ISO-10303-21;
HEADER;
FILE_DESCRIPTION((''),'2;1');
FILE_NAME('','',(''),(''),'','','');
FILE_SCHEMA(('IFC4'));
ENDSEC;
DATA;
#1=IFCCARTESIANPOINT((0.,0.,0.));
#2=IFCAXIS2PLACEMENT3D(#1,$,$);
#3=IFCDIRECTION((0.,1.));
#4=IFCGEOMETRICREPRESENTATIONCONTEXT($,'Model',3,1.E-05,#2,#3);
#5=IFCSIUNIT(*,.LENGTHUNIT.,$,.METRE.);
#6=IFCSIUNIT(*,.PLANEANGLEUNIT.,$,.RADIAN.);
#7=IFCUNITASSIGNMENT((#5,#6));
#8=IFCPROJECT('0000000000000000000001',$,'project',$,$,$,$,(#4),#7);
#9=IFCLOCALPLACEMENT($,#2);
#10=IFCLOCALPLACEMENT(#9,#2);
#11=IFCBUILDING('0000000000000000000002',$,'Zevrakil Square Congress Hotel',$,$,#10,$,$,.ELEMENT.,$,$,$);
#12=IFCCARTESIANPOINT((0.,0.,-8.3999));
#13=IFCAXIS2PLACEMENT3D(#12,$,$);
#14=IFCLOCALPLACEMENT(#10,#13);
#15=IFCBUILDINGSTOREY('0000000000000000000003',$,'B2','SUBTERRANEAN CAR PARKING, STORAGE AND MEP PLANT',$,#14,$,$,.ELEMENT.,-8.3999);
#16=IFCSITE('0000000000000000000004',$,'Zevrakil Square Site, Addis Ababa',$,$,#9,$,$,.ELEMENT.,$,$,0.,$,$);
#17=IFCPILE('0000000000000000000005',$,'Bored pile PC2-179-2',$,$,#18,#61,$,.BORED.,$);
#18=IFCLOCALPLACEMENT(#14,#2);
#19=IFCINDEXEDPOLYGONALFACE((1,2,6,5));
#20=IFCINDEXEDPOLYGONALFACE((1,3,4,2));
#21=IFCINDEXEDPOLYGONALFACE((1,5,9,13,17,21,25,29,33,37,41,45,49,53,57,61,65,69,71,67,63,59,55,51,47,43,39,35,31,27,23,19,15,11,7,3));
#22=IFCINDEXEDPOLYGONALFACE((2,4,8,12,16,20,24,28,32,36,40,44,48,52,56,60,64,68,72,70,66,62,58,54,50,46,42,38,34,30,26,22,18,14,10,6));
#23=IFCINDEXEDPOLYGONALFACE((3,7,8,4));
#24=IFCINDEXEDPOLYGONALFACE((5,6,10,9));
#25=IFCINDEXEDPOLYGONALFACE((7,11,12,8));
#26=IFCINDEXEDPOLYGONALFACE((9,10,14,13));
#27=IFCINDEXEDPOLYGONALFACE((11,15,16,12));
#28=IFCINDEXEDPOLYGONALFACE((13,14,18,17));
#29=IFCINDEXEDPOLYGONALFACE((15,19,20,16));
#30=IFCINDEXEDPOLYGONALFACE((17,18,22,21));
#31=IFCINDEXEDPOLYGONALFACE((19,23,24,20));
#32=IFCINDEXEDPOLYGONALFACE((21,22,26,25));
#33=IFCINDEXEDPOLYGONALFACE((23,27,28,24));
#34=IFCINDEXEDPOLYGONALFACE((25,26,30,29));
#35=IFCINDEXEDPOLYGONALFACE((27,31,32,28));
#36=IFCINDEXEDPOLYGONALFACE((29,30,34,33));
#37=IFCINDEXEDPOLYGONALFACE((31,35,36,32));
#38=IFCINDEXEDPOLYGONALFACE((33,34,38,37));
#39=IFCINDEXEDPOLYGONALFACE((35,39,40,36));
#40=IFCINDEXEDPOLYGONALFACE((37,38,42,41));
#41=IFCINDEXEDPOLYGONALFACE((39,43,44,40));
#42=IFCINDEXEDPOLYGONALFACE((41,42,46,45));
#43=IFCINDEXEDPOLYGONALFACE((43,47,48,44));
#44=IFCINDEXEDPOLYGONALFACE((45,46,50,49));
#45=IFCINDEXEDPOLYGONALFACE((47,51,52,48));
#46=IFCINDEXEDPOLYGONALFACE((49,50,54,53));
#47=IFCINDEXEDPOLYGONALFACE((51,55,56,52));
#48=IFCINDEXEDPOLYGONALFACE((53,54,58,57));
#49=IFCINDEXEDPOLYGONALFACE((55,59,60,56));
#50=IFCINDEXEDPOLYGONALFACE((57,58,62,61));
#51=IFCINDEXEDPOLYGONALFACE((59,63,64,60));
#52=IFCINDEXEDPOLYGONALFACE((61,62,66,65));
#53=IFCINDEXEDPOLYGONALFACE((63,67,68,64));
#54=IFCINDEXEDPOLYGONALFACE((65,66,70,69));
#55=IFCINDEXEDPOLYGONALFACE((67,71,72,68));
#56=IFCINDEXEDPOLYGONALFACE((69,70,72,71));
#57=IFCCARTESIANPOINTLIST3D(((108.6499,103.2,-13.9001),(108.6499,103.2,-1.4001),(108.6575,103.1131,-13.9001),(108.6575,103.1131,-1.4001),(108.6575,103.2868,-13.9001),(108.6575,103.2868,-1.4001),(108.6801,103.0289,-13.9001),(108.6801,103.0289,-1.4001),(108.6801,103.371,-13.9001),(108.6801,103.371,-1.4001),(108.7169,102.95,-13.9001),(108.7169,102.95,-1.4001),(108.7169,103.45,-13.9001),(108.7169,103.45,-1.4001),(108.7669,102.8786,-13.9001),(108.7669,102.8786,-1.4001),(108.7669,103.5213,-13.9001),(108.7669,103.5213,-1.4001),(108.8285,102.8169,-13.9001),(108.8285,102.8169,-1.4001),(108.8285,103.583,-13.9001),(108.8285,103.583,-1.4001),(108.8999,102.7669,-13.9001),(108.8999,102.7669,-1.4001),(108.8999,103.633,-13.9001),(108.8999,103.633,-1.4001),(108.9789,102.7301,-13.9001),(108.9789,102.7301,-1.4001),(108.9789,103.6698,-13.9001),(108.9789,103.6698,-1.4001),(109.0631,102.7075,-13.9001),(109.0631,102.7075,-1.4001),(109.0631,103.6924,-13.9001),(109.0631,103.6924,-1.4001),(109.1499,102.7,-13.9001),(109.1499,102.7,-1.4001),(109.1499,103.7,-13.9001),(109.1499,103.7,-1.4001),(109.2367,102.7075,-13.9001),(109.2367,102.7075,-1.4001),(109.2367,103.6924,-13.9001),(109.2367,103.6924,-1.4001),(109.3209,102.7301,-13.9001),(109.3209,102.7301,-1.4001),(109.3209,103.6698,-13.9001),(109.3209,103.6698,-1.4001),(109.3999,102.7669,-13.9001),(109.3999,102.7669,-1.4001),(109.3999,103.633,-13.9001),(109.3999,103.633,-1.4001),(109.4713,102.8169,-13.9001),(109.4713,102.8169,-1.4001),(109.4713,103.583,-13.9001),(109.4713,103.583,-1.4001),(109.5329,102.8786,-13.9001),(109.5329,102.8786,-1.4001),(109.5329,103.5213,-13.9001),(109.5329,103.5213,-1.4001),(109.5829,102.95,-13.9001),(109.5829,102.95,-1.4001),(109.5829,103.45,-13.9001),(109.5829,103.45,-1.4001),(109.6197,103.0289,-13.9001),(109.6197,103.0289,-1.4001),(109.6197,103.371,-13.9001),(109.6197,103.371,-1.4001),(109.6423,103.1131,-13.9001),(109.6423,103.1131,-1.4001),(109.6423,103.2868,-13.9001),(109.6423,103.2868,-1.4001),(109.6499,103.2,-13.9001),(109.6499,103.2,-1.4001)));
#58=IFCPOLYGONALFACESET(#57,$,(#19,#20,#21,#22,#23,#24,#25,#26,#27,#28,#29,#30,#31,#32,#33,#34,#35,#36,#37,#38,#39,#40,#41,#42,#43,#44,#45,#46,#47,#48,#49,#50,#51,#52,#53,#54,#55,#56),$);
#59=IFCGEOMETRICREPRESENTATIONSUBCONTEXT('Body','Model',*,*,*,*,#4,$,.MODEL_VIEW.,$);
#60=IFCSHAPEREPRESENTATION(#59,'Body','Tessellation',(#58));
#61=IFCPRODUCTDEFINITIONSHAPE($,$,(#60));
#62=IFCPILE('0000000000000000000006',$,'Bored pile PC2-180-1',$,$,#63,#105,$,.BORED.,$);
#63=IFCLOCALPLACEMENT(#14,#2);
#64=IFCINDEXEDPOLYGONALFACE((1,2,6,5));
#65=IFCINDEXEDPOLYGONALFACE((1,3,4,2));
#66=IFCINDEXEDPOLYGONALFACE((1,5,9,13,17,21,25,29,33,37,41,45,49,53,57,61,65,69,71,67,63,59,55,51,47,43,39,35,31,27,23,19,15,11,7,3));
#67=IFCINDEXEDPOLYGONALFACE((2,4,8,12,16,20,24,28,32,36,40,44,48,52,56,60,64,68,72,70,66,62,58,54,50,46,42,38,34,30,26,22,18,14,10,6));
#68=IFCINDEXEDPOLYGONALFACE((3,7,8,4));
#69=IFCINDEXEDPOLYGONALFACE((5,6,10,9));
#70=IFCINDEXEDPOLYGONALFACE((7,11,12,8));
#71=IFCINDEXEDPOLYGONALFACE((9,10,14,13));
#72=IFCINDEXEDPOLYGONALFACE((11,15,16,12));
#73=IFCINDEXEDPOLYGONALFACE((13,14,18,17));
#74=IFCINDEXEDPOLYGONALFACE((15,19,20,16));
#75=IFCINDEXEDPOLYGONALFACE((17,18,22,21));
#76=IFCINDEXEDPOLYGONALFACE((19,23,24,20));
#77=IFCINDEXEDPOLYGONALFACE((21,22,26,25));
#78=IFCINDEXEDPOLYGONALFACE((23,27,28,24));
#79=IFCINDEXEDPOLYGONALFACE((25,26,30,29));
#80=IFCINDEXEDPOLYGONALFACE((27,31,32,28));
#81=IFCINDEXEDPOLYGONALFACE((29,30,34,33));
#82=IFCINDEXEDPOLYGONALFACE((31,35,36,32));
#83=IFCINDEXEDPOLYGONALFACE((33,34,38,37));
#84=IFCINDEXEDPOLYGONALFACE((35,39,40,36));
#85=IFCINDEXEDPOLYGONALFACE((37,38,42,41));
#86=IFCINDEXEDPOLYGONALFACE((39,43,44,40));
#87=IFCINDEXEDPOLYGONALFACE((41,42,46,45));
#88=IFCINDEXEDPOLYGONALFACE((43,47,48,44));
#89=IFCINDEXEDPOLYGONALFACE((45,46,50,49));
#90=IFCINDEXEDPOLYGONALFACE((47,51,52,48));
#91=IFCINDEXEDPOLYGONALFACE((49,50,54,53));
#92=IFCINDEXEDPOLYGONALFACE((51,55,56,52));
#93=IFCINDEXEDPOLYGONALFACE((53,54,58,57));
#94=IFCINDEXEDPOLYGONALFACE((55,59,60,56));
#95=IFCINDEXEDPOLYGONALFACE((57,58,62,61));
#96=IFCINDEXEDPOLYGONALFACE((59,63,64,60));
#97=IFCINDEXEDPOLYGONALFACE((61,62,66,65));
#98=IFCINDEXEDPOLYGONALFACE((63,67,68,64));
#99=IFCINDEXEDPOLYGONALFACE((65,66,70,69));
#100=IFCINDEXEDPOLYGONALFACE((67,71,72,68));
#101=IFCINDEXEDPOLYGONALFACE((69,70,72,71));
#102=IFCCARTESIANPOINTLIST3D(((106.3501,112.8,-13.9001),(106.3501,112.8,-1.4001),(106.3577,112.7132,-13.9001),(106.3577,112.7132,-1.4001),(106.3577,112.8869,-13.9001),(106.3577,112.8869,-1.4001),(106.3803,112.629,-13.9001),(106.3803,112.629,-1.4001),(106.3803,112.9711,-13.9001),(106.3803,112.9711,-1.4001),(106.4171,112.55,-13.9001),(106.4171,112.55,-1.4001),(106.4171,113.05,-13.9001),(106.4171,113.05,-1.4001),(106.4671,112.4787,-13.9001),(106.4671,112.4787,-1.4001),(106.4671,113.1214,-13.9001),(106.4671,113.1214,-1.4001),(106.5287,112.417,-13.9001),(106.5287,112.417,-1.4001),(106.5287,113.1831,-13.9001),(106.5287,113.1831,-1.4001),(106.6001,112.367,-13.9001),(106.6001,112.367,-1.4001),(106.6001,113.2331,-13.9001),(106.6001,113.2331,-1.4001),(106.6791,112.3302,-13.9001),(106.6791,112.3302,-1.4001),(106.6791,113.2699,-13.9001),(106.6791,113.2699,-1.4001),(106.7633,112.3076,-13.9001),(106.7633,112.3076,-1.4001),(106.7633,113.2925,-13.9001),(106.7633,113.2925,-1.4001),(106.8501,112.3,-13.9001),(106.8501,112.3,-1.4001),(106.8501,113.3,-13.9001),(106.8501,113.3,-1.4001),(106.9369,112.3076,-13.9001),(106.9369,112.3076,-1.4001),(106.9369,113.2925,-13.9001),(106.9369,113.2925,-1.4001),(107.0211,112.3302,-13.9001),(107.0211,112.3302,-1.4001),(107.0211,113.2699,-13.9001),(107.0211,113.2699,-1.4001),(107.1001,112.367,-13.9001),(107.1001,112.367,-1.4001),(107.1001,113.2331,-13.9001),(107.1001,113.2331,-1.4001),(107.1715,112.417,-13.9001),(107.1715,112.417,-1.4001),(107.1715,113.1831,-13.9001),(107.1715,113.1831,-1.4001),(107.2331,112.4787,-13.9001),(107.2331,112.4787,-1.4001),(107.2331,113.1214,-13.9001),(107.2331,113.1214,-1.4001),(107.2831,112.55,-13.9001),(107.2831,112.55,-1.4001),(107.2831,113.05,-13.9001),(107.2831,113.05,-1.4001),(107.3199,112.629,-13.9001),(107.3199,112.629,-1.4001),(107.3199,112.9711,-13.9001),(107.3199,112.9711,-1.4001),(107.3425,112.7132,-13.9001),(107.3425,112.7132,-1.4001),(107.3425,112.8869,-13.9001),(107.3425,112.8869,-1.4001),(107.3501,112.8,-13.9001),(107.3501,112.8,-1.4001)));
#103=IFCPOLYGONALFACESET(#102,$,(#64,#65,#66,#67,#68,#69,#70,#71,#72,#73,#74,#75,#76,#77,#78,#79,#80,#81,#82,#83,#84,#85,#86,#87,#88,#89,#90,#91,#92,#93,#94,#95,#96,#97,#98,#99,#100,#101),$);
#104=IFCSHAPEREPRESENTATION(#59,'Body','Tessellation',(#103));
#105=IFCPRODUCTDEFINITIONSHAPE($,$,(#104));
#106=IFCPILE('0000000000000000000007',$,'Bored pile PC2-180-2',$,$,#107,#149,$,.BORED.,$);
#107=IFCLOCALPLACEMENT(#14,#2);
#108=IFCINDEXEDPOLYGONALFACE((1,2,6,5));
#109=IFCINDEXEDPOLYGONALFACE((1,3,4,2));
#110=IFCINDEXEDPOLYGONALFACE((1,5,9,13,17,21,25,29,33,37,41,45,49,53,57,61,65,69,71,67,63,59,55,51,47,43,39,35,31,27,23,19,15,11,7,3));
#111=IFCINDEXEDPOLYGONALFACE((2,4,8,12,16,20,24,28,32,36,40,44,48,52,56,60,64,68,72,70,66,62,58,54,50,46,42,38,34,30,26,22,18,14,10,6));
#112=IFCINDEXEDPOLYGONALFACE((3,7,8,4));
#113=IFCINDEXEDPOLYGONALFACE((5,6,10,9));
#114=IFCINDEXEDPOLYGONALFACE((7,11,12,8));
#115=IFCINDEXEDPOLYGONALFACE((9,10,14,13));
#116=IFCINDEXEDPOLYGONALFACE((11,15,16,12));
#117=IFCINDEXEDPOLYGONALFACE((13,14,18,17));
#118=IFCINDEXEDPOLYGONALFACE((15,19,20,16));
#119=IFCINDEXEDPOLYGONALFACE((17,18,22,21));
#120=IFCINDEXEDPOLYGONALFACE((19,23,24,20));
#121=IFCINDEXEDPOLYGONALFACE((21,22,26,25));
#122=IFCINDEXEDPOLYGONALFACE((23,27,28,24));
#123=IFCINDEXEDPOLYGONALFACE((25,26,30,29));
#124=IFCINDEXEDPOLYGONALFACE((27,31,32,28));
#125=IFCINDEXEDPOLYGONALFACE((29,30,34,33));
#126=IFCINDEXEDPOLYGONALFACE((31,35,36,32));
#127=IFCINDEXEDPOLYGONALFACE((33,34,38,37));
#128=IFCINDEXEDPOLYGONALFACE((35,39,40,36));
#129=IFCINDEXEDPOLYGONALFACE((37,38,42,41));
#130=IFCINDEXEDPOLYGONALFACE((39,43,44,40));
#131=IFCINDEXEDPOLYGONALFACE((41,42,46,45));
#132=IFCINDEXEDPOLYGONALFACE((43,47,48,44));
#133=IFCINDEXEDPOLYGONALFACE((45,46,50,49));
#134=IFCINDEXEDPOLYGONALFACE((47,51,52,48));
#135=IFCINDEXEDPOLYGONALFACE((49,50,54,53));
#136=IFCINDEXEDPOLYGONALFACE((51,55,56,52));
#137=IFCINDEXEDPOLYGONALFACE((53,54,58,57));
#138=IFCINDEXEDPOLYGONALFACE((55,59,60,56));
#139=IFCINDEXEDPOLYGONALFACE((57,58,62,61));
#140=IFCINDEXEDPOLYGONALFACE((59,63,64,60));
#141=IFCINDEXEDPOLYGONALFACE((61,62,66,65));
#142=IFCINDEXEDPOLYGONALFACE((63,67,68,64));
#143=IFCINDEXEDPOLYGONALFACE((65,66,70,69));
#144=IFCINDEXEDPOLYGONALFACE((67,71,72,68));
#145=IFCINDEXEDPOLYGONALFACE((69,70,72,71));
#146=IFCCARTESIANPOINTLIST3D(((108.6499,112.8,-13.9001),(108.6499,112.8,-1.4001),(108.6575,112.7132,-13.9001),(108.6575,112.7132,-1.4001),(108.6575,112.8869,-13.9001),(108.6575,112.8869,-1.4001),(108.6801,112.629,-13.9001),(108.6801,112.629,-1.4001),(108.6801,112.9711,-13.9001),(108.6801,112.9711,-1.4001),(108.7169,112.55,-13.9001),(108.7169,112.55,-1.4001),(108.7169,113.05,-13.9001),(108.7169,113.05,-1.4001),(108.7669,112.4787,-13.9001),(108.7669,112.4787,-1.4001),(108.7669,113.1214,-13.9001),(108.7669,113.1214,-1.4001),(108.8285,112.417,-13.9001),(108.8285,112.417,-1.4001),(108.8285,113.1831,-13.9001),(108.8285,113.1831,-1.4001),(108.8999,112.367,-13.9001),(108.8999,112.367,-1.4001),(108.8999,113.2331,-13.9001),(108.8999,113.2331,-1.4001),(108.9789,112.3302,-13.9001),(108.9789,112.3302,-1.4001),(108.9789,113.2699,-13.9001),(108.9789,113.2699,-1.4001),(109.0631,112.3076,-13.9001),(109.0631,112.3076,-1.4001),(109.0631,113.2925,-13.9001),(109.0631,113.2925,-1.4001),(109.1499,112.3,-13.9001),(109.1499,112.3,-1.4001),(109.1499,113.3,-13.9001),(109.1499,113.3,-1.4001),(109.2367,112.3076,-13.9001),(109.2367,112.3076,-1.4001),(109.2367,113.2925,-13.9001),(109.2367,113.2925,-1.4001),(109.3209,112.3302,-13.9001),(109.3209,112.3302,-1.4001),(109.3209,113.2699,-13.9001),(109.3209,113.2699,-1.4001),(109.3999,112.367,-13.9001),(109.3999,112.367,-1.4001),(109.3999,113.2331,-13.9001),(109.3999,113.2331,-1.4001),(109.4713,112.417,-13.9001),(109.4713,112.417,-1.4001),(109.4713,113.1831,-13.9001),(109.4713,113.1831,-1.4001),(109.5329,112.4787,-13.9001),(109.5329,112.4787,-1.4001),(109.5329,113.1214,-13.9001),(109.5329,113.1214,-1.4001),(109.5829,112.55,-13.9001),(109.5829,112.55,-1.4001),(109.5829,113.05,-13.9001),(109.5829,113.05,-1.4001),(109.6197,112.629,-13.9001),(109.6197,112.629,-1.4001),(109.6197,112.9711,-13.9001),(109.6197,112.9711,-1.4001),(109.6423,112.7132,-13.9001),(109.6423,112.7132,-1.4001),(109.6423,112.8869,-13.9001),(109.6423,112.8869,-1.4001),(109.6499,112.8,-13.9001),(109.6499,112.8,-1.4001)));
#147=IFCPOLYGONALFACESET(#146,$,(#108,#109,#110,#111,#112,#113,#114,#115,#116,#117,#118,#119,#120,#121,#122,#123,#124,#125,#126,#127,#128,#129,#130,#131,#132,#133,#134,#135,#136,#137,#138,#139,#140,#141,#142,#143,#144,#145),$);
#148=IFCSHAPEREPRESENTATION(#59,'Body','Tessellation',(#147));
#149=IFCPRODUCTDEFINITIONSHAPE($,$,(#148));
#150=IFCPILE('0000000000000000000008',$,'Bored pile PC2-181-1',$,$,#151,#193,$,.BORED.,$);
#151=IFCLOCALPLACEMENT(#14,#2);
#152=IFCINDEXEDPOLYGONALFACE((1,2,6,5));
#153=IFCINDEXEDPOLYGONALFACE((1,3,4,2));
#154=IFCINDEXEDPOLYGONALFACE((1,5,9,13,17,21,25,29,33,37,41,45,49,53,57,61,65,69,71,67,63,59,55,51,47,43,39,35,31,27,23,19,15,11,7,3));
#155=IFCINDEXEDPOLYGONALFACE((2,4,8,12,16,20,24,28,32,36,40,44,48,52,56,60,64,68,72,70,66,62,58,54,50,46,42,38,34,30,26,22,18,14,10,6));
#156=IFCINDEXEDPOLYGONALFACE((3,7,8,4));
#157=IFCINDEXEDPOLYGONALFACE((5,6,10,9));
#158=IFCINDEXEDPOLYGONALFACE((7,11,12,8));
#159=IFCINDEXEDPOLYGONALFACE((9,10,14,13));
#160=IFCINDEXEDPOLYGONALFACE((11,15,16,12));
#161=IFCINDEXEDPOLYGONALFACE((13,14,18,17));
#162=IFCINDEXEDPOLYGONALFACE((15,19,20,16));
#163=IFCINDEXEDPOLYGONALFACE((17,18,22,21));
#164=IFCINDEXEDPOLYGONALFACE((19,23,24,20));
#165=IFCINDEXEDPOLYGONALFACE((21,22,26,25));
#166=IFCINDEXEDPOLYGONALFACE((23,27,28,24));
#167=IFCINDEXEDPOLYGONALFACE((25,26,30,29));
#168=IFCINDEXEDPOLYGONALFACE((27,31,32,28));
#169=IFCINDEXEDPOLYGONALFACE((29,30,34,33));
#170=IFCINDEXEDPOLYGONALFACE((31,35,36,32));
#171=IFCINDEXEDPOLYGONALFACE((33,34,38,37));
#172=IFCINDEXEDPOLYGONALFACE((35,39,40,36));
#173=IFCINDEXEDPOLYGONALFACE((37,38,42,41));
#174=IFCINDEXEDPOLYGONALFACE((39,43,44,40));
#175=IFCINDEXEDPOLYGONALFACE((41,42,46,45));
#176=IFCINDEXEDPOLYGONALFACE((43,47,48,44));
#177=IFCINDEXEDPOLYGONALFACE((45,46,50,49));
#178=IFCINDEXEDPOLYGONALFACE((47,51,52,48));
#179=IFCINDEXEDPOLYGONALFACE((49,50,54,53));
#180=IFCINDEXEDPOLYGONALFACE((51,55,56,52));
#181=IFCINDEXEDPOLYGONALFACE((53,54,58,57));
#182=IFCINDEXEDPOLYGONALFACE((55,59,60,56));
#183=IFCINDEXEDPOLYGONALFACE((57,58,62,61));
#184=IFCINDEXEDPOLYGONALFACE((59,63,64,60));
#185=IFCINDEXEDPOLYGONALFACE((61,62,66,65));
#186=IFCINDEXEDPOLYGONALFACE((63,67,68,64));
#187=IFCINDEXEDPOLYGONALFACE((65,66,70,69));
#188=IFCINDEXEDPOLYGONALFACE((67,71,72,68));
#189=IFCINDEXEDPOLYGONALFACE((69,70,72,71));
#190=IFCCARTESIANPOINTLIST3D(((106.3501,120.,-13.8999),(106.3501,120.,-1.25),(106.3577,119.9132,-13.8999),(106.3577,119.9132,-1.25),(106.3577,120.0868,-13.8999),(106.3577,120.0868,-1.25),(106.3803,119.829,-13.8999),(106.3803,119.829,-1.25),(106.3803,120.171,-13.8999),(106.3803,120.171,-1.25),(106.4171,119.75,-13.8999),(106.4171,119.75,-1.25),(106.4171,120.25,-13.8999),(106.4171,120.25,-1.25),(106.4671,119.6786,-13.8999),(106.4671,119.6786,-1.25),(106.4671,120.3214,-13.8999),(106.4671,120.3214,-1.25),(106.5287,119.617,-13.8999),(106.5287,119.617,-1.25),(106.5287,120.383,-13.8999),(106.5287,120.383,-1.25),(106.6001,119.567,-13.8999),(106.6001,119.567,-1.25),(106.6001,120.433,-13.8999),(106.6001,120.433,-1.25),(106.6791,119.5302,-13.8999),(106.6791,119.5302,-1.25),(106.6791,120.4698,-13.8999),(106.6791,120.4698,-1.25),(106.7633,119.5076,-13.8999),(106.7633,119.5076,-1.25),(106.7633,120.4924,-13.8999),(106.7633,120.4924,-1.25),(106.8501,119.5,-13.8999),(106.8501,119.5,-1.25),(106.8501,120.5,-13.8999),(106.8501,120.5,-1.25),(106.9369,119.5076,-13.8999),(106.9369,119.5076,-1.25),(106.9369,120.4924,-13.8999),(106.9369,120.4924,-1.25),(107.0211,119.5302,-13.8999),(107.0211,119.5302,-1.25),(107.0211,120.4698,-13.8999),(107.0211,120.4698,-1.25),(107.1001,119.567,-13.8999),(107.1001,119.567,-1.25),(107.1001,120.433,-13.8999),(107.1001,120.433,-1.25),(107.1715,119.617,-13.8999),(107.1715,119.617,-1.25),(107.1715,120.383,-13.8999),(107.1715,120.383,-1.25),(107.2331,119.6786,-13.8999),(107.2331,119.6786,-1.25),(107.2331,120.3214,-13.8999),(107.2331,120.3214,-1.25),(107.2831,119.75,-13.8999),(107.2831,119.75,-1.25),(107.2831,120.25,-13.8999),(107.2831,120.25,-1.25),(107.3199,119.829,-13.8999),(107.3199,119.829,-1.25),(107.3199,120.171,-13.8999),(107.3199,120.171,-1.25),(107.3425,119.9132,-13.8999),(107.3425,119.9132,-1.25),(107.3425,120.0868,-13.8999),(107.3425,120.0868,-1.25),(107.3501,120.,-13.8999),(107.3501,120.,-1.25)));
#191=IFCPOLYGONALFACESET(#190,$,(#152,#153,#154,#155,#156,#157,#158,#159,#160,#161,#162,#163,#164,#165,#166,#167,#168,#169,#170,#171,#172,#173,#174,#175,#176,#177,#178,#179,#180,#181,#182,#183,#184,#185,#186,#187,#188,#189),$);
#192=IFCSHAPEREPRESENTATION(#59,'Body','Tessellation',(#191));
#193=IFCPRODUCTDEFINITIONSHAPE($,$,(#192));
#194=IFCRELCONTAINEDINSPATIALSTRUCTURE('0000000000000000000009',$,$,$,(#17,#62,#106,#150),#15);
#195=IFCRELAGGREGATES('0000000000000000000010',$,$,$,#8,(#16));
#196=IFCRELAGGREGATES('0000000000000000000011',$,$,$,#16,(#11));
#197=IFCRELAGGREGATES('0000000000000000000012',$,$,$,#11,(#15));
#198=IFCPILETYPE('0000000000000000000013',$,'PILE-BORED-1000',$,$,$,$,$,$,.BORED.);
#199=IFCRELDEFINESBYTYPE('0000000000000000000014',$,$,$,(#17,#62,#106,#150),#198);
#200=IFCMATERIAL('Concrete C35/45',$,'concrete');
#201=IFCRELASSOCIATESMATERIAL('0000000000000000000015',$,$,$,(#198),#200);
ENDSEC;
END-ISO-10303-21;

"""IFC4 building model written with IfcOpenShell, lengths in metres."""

from ifc_helpers import new_model, si_unit, direction, frame, origin, origin_2d, place, context, subcontext, project, spatial, circle, extrude, material, material_profile, profile_set, type_object, element, save


model = new_model("IFC4")

# Units and contexts
model_context = context("Model", 3, precision=1e-05, world=origin(), true_north=direction((0.0, 1.0)))
body_context = subcontext(model_context, "Body", "Model", "MODEL_VIEW")
ifc_project = project(units=[si_unit("LENGTHUNIT", "METRE"), si_unit("PLANEANGLEUNIT", "RADIAN")], contexts=[model_context])

# Site, building, storey
site_placement = place(None, origin())
site = spatial("IfcSite", under=ifc_project, at=site_placement, Name="Zevrakil Square Site, Addis Ababa", CompositionType="ELEMENT", RefElevation=0.0)
building_placement = place(site_placement, origin())
building = spatial("IfcBuilding", under=site, at=building_placement, Name="Zevrakil Square Congress Hotel", CompositionType="ELEMENT")
storey_placement = place(building_placement, frame((0.0, 0.0, -8.3999)))
storey = spatial("IfcBuildingStorey", under=building, at=storey_placement, Name="B2", Description="SUBTERRANEAN CAR PARKING, STORAGE AND MEP PLANT", CompositionType="ELEMENT", Elevation=-8.3999)

# Piles
ifc_material_1 = material(Name="Concrete C35/45", Category="concrete")
ifc_material_profile_1 = material_profile(ifc_material_1, circle(Radius=0.5, at=origin_2d()), Name="PILE D1000")
ifc_profile_set_1 = profile_set([ifc_material_profile_1], Name="Concrete C35/45")
pile_type_1 = type_object("IfcPileType", Name="PILE-BORED-1000", PredefinedType="BORED", material=ifc_profile_set_1)
for number, where, z_axis, x_axis, name in (
    (1, (109.1499, 103.2, -1.4001), (0.0, 0.0, -1.0), (1.0, 0.0, 0.0), "Bored pile PC2-179-2"),
    (2, (106.8501, 112.8, -1.4001), (0.0, 0.0, -1.0), (1.0, 0.0, 0.0), "Bored pile PC2-180-1"),
    (3, (109.1499, 112.8, -1.4001), (0.0, 0.0, -1.0), (1.0, 0.0, 0.0), "Bored pile PC2-180-2"),
):
    element("IfcPile", number, at=place(storey_placement, frame(where, z_axis=z_axis, x_axis=x_axis)), inside=storey, type_object=pile_type_1, Name=name, PredefinedType="BORED", context=body_context, shape_type="SweptSolid", body=[
        extrude(circle(Radius=0.5, at=origin_2d()), origin(), (0.0, 0.0, 1.0), 12.5),
    ])
for number, where, z_axis, x_axis, name in (
    (4, (106.8501, 120.0, -1.25), (0.0, 0.0, -1.0), (1.0, 0.0, 0.0), "Bored pile PC2-181-1"),
):
    element("IfcPile", number, at=place(storey_placement, frame(where, z_axis=z_axis, x_axis=x_axis)), inside=storey, type_object=pile_type_1, Name=name, PredefinedType="BORED", context=body_context, shape_type="SweptSolid", body=[
        extrude(circle(Radius=0.5, at=origin_2d()), origin(), (0.0, 0.0, 1.0), 12.6499),
    ])

save(model, "model.ifc")
